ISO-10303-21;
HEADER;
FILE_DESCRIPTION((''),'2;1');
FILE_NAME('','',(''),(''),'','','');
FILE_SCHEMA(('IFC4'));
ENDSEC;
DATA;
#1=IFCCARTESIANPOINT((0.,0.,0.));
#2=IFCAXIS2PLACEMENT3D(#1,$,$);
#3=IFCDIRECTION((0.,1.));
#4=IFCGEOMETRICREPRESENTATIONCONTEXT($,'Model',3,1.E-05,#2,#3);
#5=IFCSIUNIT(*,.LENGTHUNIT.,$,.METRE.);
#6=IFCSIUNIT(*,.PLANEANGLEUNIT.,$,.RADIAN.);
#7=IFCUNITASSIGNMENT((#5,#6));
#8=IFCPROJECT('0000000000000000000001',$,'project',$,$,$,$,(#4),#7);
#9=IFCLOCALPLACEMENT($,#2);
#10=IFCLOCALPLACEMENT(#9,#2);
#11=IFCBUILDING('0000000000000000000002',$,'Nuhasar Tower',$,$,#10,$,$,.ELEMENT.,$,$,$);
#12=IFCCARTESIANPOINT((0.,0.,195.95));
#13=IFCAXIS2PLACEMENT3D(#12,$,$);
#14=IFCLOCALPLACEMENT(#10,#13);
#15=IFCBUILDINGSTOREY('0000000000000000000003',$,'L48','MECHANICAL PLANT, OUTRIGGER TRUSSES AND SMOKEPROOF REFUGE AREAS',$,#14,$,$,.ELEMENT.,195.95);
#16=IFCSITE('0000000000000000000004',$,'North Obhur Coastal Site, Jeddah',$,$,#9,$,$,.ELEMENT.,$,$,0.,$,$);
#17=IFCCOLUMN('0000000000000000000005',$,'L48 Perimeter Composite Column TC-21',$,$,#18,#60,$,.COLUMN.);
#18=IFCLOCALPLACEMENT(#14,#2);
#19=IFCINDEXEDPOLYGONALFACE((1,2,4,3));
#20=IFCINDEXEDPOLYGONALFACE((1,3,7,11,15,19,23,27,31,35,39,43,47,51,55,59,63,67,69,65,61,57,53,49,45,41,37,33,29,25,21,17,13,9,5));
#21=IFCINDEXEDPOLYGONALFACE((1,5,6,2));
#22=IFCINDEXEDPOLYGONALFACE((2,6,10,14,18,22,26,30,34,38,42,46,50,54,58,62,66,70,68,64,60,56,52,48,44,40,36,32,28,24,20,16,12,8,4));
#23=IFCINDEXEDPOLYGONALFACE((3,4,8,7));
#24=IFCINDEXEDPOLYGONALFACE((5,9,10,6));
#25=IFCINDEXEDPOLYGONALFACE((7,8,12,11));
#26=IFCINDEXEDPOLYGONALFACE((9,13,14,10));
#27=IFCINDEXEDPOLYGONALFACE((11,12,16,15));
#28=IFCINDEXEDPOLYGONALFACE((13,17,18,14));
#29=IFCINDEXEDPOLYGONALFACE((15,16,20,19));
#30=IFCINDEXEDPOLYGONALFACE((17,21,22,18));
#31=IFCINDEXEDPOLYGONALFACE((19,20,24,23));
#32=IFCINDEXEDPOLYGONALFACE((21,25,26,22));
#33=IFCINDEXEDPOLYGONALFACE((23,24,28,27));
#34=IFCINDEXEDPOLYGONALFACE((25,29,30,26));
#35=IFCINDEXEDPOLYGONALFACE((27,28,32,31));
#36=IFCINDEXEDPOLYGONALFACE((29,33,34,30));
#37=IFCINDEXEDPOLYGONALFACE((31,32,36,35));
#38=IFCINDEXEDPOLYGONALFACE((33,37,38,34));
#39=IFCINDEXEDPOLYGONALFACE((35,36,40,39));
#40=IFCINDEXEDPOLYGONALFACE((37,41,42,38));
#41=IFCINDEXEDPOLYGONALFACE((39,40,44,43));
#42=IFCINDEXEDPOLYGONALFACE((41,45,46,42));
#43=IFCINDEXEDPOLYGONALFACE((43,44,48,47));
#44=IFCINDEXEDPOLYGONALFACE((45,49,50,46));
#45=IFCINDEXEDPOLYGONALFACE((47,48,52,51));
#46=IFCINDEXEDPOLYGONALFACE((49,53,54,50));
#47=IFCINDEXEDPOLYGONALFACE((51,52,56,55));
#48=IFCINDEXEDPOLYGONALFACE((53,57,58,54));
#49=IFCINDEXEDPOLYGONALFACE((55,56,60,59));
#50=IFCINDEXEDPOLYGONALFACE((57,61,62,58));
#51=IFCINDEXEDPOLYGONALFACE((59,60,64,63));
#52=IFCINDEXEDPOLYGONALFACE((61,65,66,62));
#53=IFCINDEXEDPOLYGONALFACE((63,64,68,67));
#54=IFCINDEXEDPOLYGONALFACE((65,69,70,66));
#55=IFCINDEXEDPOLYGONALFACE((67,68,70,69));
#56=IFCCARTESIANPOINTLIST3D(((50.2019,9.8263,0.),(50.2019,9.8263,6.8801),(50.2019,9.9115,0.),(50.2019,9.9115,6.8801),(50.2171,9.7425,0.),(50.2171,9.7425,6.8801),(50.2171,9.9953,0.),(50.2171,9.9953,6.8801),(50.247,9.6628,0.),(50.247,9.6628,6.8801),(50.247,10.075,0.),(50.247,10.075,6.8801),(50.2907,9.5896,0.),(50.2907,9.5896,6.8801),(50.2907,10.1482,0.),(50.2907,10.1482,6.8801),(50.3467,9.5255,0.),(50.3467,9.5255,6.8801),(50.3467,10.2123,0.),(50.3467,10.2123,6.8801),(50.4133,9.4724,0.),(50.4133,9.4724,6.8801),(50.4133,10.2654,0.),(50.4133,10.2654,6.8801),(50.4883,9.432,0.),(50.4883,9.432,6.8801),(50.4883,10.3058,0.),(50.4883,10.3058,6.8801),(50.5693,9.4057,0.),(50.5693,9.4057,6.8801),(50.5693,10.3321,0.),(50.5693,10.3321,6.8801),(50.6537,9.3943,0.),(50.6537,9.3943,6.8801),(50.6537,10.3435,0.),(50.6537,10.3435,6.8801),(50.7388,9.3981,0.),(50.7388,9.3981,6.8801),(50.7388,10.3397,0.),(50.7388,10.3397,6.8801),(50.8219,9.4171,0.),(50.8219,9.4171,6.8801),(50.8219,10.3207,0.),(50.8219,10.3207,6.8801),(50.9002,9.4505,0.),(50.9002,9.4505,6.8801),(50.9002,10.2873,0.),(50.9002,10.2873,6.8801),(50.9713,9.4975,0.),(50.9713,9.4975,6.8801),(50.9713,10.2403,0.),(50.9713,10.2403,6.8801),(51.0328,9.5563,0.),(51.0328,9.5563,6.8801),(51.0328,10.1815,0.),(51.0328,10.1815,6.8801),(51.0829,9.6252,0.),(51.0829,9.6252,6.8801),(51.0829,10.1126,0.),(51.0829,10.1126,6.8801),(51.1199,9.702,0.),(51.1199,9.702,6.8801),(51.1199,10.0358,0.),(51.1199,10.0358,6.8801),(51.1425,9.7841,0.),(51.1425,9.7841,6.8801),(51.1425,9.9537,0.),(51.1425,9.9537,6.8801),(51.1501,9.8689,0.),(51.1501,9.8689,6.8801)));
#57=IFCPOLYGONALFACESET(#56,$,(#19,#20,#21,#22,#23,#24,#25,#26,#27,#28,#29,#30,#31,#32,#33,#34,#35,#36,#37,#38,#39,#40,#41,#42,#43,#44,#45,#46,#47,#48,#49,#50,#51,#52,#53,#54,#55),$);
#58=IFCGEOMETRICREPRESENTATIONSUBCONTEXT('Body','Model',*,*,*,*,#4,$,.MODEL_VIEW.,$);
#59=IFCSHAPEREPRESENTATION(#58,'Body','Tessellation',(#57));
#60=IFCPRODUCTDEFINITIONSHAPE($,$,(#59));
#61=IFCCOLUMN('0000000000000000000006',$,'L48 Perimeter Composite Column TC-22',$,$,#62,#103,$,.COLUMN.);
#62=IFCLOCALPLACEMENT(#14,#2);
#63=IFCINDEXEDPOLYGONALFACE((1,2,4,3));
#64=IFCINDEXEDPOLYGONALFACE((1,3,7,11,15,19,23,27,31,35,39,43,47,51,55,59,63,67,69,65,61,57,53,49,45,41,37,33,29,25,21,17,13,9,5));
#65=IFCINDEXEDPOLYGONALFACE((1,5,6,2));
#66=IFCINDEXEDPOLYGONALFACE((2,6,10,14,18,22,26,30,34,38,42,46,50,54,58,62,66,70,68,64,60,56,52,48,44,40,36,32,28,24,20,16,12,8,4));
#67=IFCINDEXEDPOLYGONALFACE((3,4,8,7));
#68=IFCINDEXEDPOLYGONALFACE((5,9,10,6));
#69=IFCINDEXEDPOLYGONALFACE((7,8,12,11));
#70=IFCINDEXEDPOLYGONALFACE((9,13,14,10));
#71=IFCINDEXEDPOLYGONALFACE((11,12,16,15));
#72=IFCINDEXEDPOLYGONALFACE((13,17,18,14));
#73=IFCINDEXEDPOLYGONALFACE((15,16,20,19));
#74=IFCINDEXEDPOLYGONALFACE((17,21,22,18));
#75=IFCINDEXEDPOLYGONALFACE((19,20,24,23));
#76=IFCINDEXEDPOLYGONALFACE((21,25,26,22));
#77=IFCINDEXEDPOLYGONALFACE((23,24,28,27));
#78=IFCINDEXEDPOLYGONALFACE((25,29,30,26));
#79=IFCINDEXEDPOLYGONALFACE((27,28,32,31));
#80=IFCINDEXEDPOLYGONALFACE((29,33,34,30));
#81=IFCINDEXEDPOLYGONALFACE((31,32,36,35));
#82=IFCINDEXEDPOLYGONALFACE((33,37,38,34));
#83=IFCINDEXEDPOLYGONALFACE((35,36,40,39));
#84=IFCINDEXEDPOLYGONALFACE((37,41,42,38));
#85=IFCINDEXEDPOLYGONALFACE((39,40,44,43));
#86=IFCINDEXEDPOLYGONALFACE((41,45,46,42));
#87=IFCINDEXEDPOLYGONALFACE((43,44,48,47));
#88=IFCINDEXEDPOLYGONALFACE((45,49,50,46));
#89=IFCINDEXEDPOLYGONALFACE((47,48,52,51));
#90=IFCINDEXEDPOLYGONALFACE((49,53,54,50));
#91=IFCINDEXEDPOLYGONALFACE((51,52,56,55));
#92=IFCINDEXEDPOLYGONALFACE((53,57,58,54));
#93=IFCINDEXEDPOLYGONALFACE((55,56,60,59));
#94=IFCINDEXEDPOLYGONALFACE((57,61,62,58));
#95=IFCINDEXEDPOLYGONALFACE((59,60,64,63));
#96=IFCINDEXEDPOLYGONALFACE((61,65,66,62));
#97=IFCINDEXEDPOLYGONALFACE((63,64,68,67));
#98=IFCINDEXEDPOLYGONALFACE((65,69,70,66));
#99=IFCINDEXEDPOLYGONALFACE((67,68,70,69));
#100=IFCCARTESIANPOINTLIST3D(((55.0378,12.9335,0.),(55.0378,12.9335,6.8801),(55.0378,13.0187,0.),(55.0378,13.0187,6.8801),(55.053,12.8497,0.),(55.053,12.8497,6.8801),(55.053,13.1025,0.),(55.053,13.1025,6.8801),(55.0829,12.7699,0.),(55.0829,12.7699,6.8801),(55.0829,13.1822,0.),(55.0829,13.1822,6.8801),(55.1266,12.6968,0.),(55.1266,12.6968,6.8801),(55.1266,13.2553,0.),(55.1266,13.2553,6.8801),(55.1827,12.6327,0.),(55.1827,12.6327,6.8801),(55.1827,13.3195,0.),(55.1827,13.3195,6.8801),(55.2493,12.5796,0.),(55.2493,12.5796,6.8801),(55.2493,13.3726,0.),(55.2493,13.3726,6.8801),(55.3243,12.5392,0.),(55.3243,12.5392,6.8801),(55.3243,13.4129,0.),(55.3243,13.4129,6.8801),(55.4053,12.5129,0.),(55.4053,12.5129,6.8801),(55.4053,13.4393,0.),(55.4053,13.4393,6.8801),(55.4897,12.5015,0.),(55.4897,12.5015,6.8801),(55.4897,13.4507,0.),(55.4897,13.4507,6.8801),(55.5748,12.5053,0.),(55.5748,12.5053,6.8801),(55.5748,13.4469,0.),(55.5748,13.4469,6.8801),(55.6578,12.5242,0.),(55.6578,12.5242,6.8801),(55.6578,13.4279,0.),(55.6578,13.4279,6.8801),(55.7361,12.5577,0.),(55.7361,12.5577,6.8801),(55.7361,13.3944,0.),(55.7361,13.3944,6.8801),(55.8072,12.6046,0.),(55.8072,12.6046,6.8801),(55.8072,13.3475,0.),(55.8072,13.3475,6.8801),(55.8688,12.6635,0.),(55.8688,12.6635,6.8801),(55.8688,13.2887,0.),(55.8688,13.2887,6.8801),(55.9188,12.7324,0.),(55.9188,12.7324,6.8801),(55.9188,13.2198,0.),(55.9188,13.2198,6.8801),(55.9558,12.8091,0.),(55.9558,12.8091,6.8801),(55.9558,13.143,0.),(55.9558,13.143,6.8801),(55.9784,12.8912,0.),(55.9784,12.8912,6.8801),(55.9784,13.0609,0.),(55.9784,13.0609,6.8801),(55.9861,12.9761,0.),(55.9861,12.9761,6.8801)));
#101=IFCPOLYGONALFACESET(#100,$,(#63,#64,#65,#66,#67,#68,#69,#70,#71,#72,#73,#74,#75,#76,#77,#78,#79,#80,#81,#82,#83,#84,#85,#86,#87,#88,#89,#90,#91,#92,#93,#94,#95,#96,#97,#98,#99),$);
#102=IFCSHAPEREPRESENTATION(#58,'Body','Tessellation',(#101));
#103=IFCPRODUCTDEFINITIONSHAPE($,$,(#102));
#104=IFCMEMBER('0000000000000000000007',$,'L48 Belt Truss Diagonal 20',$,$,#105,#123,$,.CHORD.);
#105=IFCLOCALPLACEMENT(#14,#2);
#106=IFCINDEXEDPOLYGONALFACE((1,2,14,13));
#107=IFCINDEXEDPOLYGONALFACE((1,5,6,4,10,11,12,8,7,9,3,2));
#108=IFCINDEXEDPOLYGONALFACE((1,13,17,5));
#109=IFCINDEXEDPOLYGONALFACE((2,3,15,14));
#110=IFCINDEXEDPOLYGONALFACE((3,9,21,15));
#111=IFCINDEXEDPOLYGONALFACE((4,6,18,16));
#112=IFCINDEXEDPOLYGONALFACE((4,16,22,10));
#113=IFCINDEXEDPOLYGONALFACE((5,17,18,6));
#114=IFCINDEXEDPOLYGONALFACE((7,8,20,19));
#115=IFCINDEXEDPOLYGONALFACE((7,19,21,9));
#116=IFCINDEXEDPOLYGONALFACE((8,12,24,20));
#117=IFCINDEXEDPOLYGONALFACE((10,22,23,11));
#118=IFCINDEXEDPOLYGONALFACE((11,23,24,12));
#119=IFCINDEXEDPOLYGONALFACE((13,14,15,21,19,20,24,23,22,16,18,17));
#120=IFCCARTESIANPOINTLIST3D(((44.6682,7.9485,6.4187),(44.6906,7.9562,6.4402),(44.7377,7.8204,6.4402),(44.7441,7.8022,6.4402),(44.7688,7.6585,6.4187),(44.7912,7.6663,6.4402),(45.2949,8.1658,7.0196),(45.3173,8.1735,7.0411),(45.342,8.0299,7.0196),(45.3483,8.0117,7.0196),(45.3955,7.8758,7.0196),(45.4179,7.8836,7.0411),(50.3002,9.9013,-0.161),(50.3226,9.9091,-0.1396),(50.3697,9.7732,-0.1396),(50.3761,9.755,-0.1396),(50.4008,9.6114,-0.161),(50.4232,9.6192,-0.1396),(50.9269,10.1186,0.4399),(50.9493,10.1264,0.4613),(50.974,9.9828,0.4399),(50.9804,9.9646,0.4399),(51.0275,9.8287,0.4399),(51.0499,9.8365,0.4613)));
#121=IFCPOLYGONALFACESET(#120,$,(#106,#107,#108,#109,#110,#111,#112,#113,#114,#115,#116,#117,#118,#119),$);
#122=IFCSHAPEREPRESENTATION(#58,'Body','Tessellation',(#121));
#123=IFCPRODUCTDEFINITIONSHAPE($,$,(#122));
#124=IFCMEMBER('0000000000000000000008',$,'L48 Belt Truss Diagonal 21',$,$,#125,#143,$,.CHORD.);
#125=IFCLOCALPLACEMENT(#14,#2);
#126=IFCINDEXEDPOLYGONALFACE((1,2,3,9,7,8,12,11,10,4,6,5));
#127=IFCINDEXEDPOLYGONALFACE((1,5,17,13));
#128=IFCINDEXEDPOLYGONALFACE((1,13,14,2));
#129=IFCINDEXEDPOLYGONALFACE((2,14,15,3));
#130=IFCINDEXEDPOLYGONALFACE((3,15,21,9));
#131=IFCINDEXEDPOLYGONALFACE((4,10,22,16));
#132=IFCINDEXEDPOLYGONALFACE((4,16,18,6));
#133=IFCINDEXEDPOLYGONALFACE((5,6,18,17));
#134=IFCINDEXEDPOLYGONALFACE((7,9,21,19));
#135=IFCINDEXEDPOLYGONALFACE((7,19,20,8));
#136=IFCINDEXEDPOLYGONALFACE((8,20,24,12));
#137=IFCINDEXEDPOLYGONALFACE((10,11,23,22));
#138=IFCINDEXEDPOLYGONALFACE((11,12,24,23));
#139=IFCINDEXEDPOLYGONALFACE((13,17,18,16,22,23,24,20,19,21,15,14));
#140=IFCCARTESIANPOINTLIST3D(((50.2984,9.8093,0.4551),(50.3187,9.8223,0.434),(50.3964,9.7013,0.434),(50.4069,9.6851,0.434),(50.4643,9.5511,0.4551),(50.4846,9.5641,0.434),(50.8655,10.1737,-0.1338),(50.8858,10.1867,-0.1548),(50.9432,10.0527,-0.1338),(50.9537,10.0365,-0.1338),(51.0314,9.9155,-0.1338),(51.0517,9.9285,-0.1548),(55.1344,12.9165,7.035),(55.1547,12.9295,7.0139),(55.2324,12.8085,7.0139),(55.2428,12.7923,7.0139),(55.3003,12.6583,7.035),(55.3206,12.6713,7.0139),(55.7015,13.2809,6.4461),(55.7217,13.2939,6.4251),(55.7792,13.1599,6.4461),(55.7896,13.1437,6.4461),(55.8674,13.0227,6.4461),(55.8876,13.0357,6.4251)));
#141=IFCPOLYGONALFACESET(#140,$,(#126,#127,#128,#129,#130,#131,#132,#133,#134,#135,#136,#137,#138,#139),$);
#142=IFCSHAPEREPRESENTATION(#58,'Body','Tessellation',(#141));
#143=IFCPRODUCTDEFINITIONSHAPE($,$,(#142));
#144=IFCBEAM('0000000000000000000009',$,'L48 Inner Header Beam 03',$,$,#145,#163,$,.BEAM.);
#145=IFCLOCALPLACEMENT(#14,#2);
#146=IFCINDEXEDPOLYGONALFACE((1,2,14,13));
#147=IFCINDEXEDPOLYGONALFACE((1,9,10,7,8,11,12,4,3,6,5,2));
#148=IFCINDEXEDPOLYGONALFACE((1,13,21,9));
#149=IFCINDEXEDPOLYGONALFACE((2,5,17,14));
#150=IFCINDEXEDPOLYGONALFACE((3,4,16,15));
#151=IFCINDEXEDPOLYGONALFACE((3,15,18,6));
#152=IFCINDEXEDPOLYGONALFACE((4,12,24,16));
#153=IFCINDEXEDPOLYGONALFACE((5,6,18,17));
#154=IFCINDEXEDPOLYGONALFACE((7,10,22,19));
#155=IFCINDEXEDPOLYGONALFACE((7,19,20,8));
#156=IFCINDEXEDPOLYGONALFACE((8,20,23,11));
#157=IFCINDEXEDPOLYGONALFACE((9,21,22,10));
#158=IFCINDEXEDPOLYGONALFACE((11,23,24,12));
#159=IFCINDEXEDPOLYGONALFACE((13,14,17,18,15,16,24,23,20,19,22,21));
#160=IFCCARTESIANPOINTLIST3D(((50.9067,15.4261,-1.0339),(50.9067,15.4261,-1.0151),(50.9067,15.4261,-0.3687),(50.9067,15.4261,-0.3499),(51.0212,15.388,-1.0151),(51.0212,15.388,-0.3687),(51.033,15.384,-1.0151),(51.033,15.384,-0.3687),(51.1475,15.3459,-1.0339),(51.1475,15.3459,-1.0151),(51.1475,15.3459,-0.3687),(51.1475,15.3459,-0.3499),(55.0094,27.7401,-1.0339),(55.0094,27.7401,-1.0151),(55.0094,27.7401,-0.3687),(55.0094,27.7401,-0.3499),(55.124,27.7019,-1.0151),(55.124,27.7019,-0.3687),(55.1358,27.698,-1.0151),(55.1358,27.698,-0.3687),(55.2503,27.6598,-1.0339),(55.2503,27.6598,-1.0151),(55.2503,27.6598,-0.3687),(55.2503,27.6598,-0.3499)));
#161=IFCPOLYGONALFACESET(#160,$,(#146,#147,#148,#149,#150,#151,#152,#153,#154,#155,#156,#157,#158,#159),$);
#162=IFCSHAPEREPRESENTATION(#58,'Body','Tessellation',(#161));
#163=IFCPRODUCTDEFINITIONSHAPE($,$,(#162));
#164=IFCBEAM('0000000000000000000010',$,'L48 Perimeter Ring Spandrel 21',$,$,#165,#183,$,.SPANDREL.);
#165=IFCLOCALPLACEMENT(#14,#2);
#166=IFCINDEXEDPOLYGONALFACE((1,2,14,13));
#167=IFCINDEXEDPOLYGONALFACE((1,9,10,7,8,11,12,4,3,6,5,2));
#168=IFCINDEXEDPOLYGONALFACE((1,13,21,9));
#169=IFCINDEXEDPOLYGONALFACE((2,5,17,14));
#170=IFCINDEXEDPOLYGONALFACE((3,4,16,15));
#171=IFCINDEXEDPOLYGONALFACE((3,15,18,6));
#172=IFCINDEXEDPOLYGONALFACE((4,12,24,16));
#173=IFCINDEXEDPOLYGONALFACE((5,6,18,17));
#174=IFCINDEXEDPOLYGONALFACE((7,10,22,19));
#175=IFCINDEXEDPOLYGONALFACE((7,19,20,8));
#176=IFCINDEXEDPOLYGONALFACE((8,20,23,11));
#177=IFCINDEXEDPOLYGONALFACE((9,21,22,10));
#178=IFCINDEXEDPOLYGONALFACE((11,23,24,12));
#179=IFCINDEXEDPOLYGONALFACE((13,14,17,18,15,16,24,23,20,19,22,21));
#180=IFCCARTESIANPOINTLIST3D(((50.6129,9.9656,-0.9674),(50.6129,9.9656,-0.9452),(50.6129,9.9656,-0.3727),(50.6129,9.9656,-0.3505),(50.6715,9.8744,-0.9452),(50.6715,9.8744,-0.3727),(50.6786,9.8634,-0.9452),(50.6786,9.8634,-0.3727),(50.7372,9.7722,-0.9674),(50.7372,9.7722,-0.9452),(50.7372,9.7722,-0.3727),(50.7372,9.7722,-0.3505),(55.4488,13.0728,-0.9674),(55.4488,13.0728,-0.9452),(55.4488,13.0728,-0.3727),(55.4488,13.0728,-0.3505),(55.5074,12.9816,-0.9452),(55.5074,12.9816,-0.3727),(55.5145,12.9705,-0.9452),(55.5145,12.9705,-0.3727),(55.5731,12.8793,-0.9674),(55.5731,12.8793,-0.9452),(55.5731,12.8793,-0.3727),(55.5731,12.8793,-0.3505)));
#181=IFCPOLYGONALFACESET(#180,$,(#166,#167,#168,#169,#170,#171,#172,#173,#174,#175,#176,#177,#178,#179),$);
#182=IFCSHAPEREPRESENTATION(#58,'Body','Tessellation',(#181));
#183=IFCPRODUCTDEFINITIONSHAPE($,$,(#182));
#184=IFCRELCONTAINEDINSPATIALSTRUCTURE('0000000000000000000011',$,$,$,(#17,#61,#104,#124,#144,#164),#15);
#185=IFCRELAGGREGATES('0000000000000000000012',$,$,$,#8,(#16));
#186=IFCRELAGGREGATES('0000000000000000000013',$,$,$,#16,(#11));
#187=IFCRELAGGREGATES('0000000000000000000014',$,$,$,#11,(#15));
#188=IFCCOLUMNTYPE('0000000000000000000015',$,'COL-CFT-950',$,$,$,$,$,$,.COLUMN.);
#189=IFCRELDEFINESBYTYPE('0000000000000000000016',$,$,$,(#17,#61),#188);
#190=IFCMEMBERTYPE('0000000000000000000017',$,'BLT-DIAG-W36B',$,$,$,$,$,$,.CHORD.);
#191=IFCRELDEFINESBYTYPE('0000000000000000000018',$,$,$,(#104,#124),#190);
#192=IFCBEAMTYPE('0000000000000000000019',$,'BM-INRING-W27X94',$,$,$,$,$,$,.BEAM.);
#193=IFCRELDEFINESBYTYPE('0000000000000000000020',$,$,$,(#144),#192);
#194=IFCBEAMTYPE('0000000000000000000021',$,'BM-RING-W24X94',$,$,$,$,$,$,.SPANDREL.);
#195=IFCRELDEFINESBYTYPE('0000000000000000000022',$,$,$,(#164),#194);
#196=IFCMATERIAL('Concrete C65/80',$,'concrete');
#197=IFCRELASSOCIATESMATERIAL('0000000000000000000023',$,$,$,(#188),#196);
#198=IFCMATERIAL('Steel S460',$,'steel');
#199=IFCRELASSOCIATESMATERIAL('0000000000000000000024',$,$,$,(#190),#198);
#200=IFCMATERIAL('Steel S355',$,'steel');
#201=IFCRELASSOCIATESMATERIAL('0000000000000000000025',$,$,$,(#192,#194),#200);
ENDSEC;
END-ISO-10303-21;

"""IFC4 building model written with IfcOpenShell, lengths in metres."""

from ifc_helpers import new_model, si_unit, direction, frame, origin, origin_2d, place, context, subcontext, project, spatial, circle, i_section, extrude, material, material_profile, profile_set, type_object, element, save


model = new_model("IFC4")

# Units and contexts
model_context = context("Model", 3, precision=1e-05, world=origin(), true_north=direction((0.0, 1.0)))
body_context = subcontext(model_context, "Body", "Model", "MODEL_VIEW")
ifc_project = project(units=[si_unit("LENGTHUNIT", "METRE"), si_unit("PLANEANGLEUNIT", "RADIAN")], contexts=[model_context])

# Site, building, storey
site_placement = place(None, origin())
site = spatial("IfcSite", under=ifc_project, at=site_placement, Name="North Obhur Coastal Site, Jeddah", CompositionType="ELEMENT", RefElevation=0.0)
building_placement = place(site_placement, origin())
building = spatial("IfcBuilding", under=site, at=building_placement, Name="Nuhasar Tower", CompositionType="ELEMENT")
storey_placement = place(building_placement, frame((0.0, 0.0, 195.95)))
storey = spatial("IfcBuildingStorey", under=building, at=storey_placement, Name="L48", Description="MECHANICAL PLANT, OUTRIGGER TRUSSES AND SMOKEPROOF REFUGE AREAS", CompositionType="ELEMENT", Elevation=195.95)

# Columns
ifc_material_1 = material(Name="Concrete C65/80", Category="concrete")
ifc_material_profile_1 = material_profile(ifc_material_1, circle(Radius=0.4751, at=origin_2d()), Name="CFT950")
ifc_profile_set_1 = profile_set([ifc_material_profile_1], Name="Concrete C65/80")
column_type = type_object("IfcColumnType", Name="COL-CFT-950", PredefinedType="COLUMN", material=ifc_profile_set_1)
for number, where, z_axis, x_axis, name in (
    (1, (50.675, 9.8689, 0.0), (0.0, 0.0, 1.0), (1.0, 0.0, 0.0), "L48 Perimeter Composite Column TC-21"),
    (2, (55.511, 12.9761, 0.0), (0.0, 0.0, 1.0), (1.0, 0.0, 0.0), "L48 Perimeter Composite Column TC-22"),
):
    element("IfcColumn", number, at=place(storey_placement, frame(where, z_axis=z_axis, x_axis=x_axis)), inside=storey, type_object=column_type, Name=name, PredefinedType="COLUMN", context=body_context, shape_type="SweptSolid", body=[
        extrude(circle(Radius=0.4751, at=origin_2d()), origin(), (0.0, 0.0, 1.0), 6.8801),
    ])

# Members
ifc_material_2 = material(Name="Steel S460", Category="steel")
ifc_material_profile_2 = material_profile(ifc_material_2, i_section(OverallWidth=0.3069, OverallDepth=0.927, WebThickness=0.0193, FlangeThickness=0.032, at=origin_2d()), Name="W36X194")
ifc_profile_set_2 = profile_set([ifc_material_profile_2], Name="Steel S460")
member_type_1 = type_object("IfcMemberType", Name="BLT-DIAG-W36B", PredefinedType="CHORD", material=ifc_profile_set_2)
member_1_placement = place(storey_placement, frame((50.675, 9.8689, 0.1501), z_axis=(-0.634348, -0.219955, 0.741095), x_axis=(0.327607, -0.944814, 0.0)))
element("IfcMember", 3, at=member_1_placement, inside=storey, type_object=member_type_1, Name="L48 Belt Truss Diagonal 20", PredefinedType="CHORD", context=body_context, shape_type="SweptSolid", body=[
    extrude(i_section(OverallWidth=0.3069, OverallDepth=0.927, WebThickness=0.0193, FlangeThickness=0.032, at=origin_2d()), origin(), (0.0, 0.0, 1.0), 8.8784),
])
member_2_placement = place(storey_placement, frame((50.675, 9.8689, 0.1501), z_axis=(0.553501, 0.355635, 0.7531), x_axis=(-0.540556, 0.841308, 0.0)))
element("IfcMember", 4, at=member_2_placement, inside=storey, type_object=member_type_1, Name="L48 Belt Truss Diagonal 21", PredefinedType="CHORD", context=body_context, shape_type="SweptSolid", body=[
    extrude(i_section(OverallWidth=0.3069, OverallDepth=0.927, WebThickness=0.0193, FlangeThickness=0.032, at=origin_2d()), origin(), (0.0, 0.0, 1.0), 8.7371),
])

# Beams
ifc_material_3 = material(Name="Steel S355", Category="steel")
ifc_material_profile_3 = material_profile(ifc_material_3, i_section(OverallWidth=0.2539, OverallDepth=0.6841, WebThickness=0.0125, FlangeThickness=0.0188, at=origin_2d()), Name="W27X94")
ifc_profile_set_3 = profile_set([ifc_material_profile_3], Name="Steel S355")
beam_type_1 = type_object("IfcBeamType", Name="BM-INRING-W27X94", PredefinedType="BEAM", material=ifc_profile_set_3)
beam_1_placement = place(storey_placement, frame((51.0271, 15.386, -0.6919), z_axis=(0.316098, 0.948727, 0.0), x_axis=(-0.948727, 0.316098, 0.0)))
element("IfcBeam", 5, at=beam_1_placement, inside=storey, type_object=beam_type_1, Name="L48 Inner Header Beam 03", PredefinedType="BEAM", context=body_context, shape_type="SweptSolid", body=[
    extrude(i_section(OverallWidth=0.2539, OverallDepth=0.6841, WebThickness=0.0125, FlangeThickness=0.0188, at=origin_2d()), origin(), (0.0, 0.0, 1.0), 12.9795),
])
ifc_material_profile_4 = material_profile(ifc_material_3, i_section(OverallWidth=0.23, OverallDepth=0.6169, WebThickness=0.0132, FlangeThickness=0.0222, at=origin_2d()), Name="W24X94")
ifc_profile_set_4 = profile_set([ifc_material_profile_4], Name="Steel S355")
beam_type_2 = type_object("IfcBeamType", Name="BM-RING-W24X94", PredefinedType="SPANDREL", material=ifc_profile_set_4)
beam_2_placement = place(storey_placement, frame((50.675, 9.8689, -0.6589), z_axis=(0.841308, 0.540556, 0.0), x_axis=(-0.540556, 0.841308, 0.0)))
element("IfcBeam", 6, at=beam_2_placement, inside=storey, type_object=beam_type_2, Name="L48 Perimeter Ring Spandrel 21", PredefinedType="SPANDREL", context=body_context, shape_type="SweptSolid", body=[
    extrude(i_section(OverallWidth=0.23, OverallDepth=0.6169, WebThickness=0.0132, FlangeThickness=0.0222, at=origin_2d()), origin(), (0.0, 0.0, 1.0), 5.748),
])

save(model, "model.ifc")
